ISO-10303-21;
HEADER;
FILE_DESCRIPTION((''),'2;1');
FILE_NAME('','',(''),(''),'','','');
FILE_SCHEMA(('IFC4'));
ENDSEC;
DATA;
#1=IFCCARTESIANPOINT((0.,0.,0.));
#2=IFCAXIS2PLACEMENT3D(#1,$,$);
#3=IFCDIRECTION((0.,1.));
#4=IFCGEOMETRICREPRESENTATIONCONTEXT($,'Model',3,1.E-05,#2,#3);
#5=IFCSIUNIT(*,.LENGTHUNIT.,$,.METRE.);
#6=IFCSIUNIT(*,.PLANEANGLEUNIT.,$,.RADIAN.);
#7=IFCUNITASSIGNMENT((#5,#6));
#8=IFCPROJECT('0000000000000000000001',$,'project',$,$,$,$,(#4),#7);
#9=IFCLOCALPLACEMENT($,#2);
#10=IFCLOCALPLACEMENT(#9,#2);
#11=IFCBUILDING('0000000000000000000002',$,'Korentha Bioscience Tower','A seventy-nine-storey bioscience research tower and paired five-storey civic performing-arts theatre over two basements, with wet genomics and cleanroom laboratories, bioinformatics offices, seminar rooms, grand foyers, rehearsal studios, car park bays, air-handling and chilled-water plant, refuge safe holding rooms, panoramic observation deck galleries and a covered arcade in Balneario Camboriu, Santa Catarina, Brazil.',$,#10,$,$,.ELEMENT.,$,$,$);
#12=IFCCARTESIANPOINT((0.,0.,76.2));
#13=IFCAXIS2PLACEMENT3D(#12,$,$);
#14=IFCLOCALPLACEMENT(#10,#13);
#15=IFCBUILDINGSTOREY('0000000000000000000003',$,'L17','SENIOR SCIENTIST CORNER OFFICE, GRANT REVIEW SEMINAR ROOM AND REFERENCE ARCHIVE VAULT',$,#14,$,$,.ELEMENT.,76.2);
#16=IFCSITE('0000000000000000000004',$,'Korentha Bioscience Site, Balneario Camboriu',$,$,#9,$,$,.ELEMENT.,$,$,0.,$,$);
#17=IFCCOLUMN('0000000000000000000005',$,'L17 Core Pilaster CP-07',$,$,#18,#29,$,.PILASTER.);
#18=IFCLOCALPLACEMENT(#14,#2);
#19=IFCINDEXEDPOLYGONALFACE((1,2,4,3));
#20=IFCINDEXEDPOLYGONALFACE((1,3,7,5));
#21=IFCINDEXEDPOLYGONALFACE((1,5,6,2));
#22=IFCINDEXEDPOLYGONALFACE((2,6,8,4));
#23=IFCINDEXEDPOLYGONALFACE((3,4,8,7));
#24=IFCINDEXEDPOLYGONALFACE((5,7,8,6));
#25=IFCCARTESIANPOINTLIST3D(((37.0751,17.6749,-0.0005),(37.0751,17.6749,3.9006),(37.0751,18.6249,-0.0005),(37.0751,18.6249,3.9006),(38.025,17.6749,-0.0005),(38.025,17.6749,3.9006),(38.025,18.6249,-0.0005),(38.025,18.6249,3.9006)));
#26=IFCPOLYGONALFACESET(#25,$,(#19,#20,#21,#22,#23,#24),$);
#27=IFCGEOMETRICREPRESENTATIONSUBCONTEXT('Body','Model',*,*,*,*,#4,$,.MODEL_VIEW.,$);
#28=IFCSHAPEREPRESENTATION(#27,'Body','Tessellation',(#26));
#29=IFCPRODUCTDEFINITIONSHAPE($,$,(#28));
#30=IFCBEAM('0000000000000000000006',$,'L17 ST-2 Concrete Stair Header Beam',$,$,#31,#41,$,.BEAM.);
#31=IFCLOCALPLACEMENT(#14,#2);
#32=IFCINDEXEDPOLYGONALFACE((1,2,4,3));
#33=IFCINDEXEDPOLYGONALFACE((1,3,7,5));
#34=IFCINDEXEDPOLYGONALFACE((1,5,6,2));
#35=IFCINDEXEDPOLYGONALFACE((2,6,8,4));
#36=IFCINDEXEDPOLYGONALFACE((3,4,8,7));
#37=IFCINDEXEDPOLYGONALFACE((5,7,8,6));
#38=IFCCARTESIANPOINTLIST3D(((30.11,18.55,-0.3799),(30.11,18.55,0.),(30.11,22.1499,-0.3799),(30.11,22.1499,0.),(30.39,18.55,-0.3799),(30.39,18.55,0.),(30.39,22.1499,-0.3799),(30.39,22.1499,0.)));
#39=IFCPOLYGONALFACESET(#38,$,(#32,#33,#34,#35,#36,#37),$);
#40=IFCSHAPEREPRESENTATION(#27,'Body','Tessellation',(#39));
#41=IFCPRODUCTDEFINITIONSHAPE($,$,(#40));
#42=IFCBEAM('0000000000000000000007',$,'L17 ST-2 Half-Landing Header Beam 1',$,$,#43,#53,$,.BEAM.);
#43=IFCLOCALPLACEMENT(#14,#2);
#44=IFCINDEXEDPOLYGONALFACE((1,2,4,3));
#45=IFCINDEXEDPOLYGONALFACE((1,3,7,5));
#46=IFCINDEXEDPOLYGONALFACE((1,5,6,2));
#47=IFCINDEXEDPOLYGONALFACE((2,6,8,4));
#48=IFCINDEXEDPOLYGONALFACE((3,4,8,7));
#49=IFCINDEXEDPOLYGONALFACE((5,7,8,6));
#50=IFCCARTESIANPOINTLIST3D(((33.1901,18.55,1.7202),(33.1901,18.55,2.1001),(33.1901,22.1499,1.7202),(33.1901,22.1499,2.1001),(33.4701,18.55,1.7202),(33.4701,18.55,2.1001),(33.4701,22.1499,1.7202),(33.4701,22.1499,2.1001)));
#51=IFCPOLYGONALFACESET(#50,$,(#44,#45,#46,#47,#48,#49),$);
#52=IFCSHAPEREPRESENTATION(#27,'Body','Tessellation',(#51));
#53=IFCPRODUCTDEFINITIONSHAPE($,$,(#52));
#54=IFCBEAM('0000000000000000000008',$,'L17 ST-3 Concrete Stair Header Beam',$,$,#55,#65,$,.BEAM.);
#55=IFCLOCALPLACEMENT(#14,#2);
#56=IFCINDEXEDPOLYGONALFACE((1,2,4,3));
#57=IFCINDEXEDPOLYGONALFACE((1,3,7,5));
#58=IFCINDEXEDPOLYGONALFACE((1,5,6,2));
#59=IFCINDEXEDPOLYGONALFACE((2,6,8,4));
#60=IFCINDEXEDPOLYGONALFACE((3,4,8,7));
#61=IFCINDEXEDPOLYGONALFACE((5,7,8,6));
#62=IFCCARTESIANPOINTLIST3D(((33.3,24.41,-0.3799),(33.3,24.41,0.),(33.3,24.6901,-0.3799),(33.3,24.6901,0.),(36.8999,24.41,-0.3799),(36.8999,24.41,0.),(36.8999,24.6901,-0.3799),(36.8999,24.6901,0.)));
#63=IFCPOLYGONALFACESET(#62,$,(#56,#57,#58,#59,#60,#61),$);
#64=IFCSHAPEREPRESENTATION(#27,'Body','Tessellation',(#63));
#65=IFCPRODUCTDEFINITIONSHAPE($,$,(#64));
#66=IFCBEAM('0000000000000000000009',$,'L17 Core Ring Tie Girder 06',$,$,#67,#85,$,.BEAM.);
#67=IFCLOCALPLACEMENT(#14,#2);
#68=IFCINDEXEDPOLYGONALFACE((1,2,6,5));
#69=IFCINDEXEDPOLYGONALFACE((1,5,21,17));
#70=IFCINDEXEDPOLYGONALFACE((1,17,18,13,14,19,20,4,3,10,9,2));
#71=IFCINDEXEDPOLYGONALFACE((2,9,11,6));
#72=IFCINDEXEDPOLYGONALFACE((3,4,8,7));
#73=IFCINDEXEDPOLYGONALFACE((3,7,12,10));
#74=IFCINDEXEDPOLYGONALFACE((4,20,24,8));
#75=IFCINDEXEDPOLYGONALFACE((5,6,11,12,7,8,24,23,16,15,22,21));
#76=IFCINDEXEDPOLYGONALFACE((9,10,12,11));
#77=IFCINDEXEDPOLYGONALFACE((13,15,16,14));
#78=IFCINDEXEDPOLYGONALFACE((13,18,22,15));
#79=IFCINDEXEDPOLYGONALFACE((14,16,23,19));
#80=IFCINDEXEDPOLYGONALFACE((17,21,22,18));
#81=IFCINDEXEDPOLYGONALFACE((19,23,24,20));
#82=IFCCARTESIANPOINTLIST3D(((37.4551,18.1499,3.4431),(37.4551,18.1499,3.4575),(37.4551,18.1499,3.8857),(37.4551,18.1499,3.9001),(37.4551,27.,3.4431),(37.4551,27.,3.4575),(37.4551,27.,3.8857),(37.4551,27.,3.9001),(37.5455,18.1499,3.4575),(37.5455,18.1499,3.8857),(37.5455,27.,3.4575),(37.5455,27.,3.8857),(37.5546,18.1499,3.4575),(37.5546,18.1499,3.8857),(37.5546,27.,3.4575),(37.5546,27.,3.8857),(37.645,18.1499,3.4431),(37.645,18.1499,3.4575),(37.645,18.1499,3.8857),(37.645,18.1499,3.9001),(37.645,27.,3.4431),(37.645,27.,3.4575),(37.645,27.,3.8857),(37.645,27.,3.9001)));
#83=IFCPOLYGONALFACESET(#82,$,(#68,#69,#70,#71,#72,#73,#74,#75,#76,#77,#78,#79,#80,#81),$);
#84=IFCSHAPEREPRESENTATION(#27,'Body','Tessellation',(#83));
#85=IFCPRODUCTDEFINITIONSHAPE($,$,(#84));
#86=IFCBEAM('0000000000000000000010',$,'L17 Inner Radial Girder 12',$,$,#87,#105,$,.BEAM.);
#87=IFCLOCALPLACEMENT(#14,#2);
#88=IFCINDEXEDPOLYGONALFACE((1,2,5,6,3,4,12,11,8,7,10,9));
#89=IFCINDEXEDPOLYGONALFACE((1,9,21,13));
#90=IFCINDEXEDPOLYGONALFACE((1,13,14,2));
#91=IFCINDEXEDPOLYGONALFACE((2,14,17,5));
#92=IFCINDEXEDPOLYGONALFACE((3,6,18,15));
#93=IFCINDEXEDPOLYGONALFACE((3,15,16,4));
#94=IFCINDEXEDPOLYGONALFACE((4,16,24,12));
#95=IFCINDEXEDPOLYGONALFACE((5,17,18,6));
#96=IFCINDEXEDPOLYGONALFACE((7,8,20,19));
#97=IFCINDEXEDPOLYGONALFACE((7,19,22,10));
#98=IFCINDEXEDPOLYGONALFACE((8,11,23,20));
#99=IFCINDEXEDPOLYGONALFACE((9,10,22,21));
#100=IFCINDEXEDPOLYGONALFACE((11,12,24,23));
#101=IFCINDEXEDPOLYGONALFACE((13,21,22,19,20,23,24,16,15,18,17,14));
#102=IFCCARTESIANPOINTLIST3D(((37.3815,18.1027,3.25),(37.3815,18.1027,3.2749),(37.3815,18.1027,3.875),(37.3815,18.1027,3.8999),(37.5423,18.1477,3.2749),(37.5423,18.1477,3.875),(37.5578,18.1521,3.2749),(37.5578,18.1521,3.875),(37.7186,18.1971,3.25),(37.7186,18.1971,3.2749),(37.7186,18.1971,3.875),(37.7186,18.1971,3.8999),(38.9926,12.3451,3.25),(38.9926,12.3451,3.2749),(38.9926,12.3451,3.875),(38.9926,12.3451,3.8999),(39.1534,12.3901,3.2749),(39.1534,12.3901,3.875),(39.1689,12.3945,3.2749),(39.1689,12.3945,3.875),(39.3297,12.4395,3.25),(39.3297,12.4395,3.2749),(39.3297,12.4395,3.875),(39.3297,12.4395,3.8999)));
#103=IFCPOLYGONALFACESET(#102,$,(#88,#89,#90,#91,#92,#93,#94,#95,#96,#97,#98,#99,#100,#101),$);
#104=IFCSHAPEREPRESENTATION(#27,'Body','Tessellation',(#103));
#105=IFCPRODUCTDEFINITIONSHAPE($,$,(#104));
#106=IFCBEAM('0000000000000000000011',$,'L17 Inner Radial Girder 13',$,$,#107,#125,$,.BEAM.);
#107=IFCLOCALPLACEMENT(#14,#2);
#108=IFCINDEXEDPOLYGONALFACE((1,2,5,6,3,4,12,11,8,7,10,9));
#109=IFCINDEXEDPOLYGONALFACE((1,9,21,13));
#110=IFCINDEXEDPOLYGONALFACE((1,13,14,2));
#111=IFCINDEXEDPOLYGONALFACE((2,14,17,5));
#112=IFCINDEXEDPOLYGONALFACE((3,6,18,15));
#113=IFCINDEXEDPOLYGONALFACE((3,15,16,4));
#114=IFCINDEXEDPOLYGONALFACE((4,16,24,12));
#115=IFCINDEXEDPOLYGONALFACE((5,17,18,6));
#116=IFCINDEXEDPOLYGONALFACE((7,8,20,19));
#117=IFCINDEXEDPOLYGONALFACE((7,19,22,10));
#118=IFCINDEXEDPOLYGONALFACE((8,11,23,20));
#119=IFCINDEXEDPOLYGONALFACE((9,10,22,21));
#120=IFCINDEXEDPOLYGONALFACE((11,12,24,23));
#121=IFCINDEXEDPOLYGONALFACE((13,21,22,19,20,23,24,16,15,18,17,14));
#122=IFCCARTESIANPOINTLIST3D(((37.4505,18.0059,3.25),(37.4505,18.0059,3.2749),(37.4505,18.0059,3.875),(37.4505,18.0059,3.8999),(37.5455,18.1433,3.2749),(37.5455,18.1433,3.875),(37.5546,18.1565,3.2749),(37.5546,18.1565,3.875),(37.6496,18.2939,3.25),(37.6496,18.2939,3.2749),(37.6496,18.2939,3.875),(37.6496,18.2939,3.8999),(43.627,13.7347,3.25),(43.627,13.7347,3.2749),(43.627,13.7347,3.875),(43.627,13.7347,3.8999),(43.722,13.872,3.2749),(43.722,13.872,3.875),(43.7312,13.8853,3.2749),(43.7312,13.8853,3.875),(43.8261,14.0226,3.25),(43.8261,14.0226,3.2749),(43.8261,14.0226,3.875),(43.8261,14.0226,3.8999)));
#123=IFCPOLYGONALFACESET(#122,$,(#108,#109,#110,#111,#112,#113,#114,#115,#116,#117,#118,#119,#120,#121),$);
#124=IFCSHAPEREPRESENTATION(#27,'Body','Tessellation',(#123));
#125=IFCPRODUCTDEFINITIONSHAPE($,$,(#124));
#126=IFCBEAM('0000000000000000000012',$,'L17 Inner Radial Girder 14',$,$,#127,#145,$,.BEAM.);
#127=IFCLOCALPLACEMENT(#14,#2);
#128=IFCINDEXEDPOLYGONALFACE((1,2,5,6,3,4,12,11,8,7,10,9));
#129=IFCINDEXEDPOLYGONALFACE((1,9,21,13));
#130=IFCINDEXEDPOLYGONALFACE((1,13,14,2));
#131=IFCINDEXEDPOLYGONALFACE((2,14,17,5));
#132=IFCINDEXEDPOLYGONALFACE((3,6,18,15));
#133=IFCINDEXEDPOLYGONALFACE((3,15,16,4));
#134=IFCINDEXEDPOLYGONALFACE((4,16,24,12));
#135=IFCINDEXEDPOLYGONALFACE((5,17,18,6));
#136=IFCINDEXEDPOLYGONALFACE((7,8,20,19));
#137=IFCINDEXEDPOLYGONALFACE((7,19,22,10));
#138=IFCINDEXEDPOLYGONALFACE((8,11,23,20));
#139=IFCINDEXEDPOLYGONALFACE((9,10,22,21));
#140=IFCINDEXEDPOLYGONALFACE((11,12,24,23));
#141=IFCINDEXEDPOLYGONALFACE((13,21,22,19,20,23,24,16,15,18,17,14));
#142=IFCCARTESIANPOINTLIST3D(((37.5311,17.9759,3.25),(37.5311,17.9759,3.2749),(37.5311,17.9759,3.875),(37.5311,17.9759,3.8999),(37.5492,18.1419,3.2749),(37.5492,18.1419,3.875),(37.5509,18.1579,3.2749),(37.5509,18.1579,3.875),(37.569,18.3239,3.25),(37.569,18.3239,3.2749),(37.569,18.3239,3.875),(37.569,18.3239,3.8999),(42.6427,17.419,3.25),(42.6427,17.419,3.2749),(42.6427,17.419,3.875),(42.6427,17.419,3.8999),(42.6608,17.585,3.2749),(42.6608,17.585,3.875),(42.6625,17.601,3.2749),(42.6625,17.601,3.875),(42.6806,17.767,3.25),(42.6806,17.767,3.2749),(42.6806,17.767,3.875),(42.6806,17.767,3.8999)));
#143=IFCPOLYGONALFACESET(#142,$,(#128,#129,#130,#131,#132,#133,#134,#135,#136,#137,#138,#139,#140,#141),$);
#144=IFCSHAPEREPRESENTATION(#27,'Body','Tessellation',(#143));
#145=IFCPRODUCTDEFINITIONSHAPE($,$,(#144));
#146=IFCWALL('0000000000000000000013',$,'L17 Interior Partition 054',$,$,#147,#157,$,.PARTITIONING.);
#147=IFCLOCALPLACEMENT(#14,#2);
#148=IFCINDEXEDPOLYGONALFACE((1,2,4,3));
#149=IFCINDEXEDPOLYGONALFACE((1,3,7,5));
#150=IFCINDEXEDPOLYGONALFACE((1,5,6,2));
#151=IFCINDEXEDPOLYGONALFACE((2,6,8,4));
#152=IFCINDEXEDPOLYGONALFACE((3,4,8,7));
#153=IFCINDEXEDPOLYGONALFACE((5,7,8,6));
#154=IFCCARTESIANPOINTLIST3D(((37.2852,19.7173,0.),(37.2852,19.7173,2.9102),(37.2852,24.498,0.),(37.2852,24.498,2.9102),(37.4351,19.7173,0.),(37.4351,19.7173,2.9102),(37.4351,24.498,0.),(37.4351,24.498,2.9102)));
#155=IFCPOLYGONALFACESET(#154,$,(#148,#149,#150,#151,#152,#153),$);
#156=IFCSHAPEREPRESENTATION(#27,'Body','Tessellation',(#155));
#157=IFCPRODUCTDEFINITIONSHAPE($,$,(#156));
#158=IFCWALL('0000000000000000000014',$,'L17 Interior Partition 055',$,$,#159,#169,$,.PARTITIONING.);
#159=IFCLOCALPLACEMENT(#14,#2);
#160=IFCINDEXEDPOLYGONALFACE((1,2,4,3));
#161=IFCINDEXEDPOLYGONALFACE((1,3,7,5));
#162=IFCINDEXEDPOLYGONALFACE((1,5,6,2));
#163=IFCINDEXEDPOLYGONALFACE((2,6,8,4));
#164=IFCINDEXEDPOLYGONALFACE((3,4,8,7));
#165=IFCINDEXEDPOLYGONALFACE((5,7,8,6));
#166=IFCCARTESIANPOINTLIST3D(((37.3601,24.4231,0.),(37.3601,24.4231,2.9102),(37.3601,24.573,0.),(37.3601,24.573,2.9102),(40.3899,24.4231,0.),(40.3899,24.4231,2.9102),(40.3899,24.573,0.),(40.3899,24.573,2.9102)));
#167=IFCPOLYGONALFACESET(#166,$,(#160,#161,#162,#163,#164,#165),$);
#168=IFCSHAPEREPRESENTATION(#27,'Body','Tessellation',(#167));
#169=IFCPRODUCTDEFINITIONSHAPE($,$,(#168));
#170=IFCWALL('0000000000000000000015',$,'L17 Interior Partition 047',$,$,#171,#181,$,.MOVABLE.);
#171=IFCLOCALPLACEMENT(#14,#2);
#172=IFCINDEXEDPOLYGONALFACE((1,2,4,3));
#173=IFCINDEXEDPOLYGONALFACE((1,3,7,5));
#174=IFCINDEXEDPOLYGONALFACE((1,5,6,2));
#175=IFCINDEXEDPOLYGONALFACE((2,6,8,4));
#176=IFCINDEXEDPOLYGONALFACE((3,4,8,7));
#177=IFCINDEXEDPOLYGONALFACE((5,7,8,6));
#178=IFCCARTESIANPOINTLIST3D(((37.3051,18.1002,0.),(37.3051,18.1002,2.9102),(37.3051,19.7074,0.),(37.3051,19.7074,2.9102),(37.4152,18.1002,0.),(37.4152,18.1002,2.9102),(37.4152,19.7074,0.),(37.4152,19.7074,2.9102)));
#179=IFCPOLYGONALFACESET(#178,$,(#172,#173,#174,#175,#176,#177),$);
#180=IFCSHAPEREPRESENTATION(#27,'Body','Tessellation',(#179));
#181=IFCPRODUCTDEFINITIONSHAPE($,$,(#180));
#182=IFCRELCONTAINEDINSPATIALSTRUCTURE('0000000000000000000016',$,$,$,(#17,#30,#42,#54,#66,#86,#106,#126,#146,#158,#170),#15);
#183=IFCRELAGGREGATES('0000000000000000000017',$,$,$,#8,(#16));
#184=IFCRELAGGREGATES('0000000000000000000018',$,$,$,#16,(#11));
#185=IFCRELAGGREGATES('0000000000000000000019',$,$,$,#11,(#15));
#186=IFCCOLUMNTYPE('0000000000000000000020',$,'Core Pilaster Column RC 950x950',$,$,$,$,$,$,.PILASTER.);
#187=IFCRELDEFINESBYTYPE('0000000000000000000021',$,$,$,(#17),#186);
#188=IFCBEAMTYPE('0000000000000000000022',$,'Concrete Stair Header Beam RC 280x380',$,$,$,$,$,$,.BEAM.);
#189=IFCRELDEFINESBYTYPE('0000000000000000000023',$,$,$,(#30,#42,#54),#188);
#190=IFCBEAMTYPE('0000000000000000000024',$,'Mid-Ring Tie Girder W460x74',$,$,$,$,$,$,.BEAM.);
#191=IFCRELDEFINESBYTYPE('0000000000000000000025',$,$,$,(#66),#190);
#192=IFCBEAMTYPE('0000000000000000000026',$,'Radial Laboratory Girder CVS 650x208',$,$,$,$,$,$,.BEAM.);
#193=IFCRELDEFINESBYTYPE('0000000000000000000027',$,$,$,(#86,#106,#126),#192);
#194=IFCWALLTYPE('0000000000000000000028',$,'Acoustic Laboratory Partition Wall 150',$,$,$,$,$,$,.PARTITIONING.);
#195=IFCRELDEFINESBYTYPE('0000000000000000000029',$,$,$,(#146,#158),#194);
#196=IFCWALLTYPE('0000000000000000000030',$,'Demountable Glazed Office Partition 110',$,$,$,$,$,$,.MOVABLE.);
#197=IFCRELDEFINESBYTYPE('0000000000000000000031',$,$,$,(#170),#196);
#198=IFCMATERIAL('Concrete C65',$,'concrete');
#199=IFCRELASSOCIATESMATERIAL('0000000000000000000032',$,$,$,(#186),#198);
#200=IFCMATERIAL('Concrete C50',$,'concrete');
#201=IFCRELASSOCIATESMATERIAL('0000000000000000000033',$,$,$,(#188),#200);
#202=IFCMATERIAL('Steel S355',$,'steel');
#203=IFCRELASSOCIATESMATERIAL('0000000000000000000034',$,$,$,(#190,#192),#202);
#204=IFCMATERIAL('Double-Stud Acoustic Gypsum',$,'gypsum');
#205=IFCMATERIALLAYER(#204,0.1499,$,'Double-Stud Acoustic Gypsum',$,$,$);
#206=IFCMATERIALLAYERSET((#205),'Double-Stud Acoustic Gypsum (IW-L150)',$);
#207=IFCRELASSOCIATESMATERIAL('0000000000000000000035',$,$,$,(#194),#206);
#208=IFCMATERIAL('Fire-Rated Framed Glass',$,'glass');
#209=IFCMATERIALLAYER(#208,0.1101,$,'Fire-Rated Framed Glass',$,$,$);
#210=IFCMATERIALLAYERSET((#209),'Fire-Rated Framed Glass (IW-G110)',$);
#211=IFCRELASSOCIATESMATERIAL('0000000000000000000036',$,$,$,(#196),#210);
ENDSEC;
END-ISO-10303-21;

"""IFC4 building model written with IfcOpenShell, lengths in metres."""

from ifc_helpers import new_model, si_unit, direction, frame, frame_2d, origin, origin_2d, place, context, subcontext, project, spatial, rectangle, i_section, extrude, material, layer, layer_set, material_profile, profile_set, type_object, element, save


model = new_model("IFC4")

# Units and contexts
model_context = context("Model", 3, precision=1e-05, world=origin(), true_north=direction((0.0, 1.0)))
body_context = subcontext(model_context, "Body", "Model", "MODEL_VIEW")
ifc_project = project(units=[si_unit("LENGTHUNIT", "METRE"), si_unit("PLANEANGLEUNIT", "RADIAN")], contexts=[model_context])

# Site, building, storey
site_placement = place(None, origin())
site = spatial("IfcSite", under=ifc_project, at=site_placement, Name="Korentha Bioscience Site, Balneario Camboriu", CompositionType="ELEMENT", RefElevation=0.0)
building_placement = place(site_placement, origin())
building = spatial("IfcBuilding", under=site, at=building_placement, Name="Korentha Bioscience Tower", Description="A seventy-nine-storey bioscience research tower and paired five-storey civic performing-arts theatre over two basements, with wet genomics and cleanroom laboratories, bioinformatics offices, seminar rooms, grand foyers, rehearsal studios, car park bays, air-handling and chilled-water plant, refuge safe holding rooms, panoramic observation deck galleries and a covered arcade in Balneario Camboriu, Santa Catarina, Brazil.", CompositionType="ELEMENT")
storey_placement = place(building_placement, frame((0.0, 0.0, 76.2)))
storey = spatial("IfcBuildingStorey", under=building, at=storey_placement, Name="L17", Description="SENIOR SCIENTIST CORNER OFFICE, GRANT REVIEW SEMINAR ROOM AND REFERENCE ARCHIVE VAULT", CompositionType="ELEMENT", Elevation=76.2)

# Column
ifc_material_1 = material(Name="Concrete C65", Category="concrete")
ifc_material_profile_1 = material_profile(ifc_material_1, rectangle(XDim=0.95, YDim=0.95, at=origin_2d()), Name="Concrete C65")
ifc_profile_set_1 = profile_set([ifc_material_profile_1], Name="Concrete C65 (COL-CP09)")
column_type = type_object("IfcColumnType", Name="Core Pilaster Column RC 950x950", PredefinedType="PILASTER", material=ifc_profile_set_1)
column_placement = place(storey_placement, frame((37.55, 18.1499, -0.0005), z_axis=(0.0, 0.0, 1.0), x_axis=(1.0, 0.0, 0.0)))
element("IfcColumn", 1, at=column_placement, inside=storey, type_object=column_type, Name="L17 Core Pilaster CP-07", PredefinedType="PILASTER", context=body_context, shape_type="SweptSolid", body=[
    extrude(rectangle(XDim=0.95, YDim=0.95, at=origin_2d()), origin(), (0.0, 0.0, 1.0), 3.9011),
])

# Beams
ifc_material_2 = material(Name="Concrete C50", Category="concrete")
ifc_material_profile_2 = material_profile(ifc_material_2, rectangle(XDim=0.28, YDim=0.3799, at=origin_2d()), Name="Concrete C50")
ifc_profile_set_2 = profile_set([ifc_material_profile_2], Name="Concrete C50 (ST-HB380)")
beam_type_1 = type_object("IfcBeamType", Name="Concrete Stair Header Beam RC 280x380", PredefinedType="BEAM", material=ifc_profile_set_2)
for number, where, z_axis, x_axis, name in (
    (2, (30.25, 18.55, -0.1899), (0.0, 1.0, 0.0), (-1.0, 0.0, 0.0), "L17 ST-2 Concrete Stair Header Beam"),
    (3, (33.3301, 18.55, 1.9102), (0.0, 1.0, 0.0), (-1.0, 0.0, 0.0), "L17 ST-2 Half-Landing Header Beam 1"),
    (4, (36.8999, 24.55, -0.1899), (-1.0, 0.0, 0.0), (0.0, -1.0, 0.0), "L17 ST-3 Concrete Stair Header Beam"),
):
    element("IfcBeam", number, at=place(storey_placement, frame(where, z_axis=z_axis, x_axis=x_axis)), inside=storey, type_object=beam_type_1, Name=name, PredefinedType="BEAM", context=body_context, shape_type="SweptSolid", body=[
        extrude(rectangle(XDim=0.28, YDim=0.3799, at=origin_2d()), origin(), (0.0, 0.0, 1.0), 3.5999),
    ])
ifc_material_3 = material(Name="Steel S355", Category="steel")
ifc_material_profile_3 = material_profile(ifc_material_3, i_section(OverallWidth=0.1899, OverallDepth=0.457, WebThickness=0.009, FlangeThickness=0.0144, at=origin_2d()), Name="Steel S355")
ifc_profile_set_3 = profile_set([ifc_material_profile_3], Name="Steel S355 (MB-460)")
beam_type_2 = type_object("IfcBeamType", Name="Mid-Ring Tie Girder W460x74", PredefinedType="BEAM", material=ifc_profile_set_3)
beam_1_placement = place(storey_placement, frame((37.55, 18.1499, 3.6716), z_axis=(0.0, 1.0, 0.0), x_axis=(-1.0, 0.0, 0.0)))
element("IfcBeam", 5, at=beam_1_placement, inside=storey, type_object=beam_type_2, Name="L17 Core Ring Tie Girder 06", PredefinedType="BEAM", context=body_context, shape_type="SweptSolid", body=[
    extrude(i_section(OverallWidth=0.1899, OverallDepth=0.457, WebThickness=0.009, FlangeThickness=0.0144, at=origin_2d()), origin(), (0.0, 0.0, 1.0), 8.8501),
])
ifc_material_profile_4 = material_profile(ifc_material_3, i_section(OverallWidth=0.3501, OverallDepth=0.6499, WebThickness=0.0161, FlangeThickness=0.0249, at=origin_2d()), Name="Steel S355")
ifc_profile_set_4 = profile_set([ifc_material_profile_4], Name="Steel S355 (RB-650)")
beam_type_3 = type_object("IfcBeamType", Name="Radial Laboratory Girder CVS 650x208", PredefinedType="BEAM", material=ifc_profile_set_4)
beam_2_placement = place(storey_placement, frame((37.55, 18.1499, 3.575), z_axis=(0.269469, -0.963009, 0.0), x_axis=(0.963009, 0.269469, 0.0)))
element("IfcBeam", 6, at=beam_2_placement, inside=storey, type_object=beam_type_3, Name="L17 Inner Radial Girder 12", PredefinedType="BEAM", context=body_context, shape_type="SweptSolid", body=[
    extrude(i_section(OverallWidth=0.3501, OverallDepth=0.6499, WebThickness=0.0161, FlangeThickness=0.0249, at=origin_2d()), origin(), (0.0, 0.0, 1.0), 5.9788),
])
beam_3_placement = place(storey_placement, frame((37.55, 18.1499, 3.575), z_axis=(0.822492, -0.568777, 0.0), x_axis=(0.568777, 0.822492, 0.0)))
element("IfcBeam", 7, at=beam_3_placement, inside=storey, type_object=beam_type_3, Name="L17 Inner Radial Girder 13", PredefinedType="BEAM", context=body_context, shape_type="SweptSolid", body=[
    extrude(i_section(OverallWidth=0.3501, OverallDepth=0.6499, WebThickness=0.0161, FlangeThickness=0.0249, at=origin_2d()), origin(), (0.0, 0.0, 1.0), 7.5095),
])
beam_4_placement = place(storey_placement, frame((37.55, 18.1499, 3.575), z_axis=(0.994118, -0.108305, 0.0), x_axis=(0.108305, 0.994118, 0.0)))
element("IfcBeam", 8, at=beam_4_placement, inside=storey, type_object=beam_type_3, Name="L17 Inner Radial Girder 14", PredefinedType="BEAM", context=body_context, shape_type="SweptSolid", body=[
    extrude(i_section(OverallWidth=0.3501, OverallDepth=0.6499, WebThickness=0.0161, FlangeThickness=0.0249, at=origin_2d()), origin(), (0.0, 0.0, 1.0), 5.1418),
])

# Walls
ifc_material_4 = material(Name="Double-Stud Acoustic Gypsum", Category="gypsum")
ifc_layer_1 = layer(ifc_material_4, 0.1499, Name="Double-Stud Acoustic Gypsum")
ifc_layer_set_1 = layer_set([ifc_layer_1], Name="Double-Stud Acoustic Gypsum (IW-L150)")
wall_type_1 = type_object("IfcWallType", Name="Acoustic Laboratory Partition Wall 150", PredefinedType="PARTITIONING", material=ifc_layer_set_1)
wall_1_placement = place(storey_placement, frame((37.3601, 19.7173, 0.0), z_axis=(0.0, 0.0, 1.0), x_axis=(0.0, 1.0, 0.0)))
element("IfcWall", 9, at=wall_1_placement, inside=storey, type_object=wall_type_1, Name="L17 Interior Partition 054", PredefinedType="PARTITIONING", context=body_context, shape_type="SweptSolid", body=[
    extrude(rectangle(XDim=4.7808, YDim=0.1499, at=frame_2d((2.3904, 0.0))), origin(), (0.0, 0.0, 1.0), 2.9102),
])
wall_2_placement = place(storey_placement, frame((37.3601, 24.498, 0.0), z_axis=(0.0, 0.0, 1.0), x_axis=(1.0, 0.0, 0.0)))
element("IfcWall", 10, at=wall_2_placement, inside=storey, type_object=wall_type_1, Name="L17 Interior Partition 055", PredefinedType="PARTITIONING", context=body_context, shape_type="SweptSolid", body=[
    extrude(rectangle(XDim=3.0298, YDim=0.1499, at=frame_2d((1.5149, 0.0))), origin(), (0.0, 0.0, 1.0), 2.9102),
])
ifc_material_5 = material(Name="Fire-Rated Framed Glass", Category="glass")
ifc_layer_2 = layer(ifc_material_5, 0.1101, Name="Fire-Rated Framed Glass")
ifc_layer_set_2 = layer_set([ifc_layer_2], Name="Fire-Rated Framed Glass (IW-G110)")
wall_type_2 = type_object("IfcWallType", Name="Demountable Glazed Office Partition 110", PredefinedType="MOVABLE", material=ifc_layer_set_2)
wall_3_placement = place(storey_placement, frame((37.3601, 18.1001, 0.0), z_axis=(0.0, 0.0, 1.0), x_axis=(0.0, 1.0, 0.0)))
element("IfcWall", 11, at=wall_3_placement, inside=storey, type_object=wall_type_2, Name="L17 Interior Partition 047", PredefinedType="MOVABLE", context=body_context, shape_type="SweptSolid", body=[
    extrude(rectangle(XDim=1.6072, YDim=0.1101, at=frame_2d((0.8037, 0.0))), origin(), (0.0, 0.0, 1.0), 2.9102),
])

save(model, "model.ifc")
